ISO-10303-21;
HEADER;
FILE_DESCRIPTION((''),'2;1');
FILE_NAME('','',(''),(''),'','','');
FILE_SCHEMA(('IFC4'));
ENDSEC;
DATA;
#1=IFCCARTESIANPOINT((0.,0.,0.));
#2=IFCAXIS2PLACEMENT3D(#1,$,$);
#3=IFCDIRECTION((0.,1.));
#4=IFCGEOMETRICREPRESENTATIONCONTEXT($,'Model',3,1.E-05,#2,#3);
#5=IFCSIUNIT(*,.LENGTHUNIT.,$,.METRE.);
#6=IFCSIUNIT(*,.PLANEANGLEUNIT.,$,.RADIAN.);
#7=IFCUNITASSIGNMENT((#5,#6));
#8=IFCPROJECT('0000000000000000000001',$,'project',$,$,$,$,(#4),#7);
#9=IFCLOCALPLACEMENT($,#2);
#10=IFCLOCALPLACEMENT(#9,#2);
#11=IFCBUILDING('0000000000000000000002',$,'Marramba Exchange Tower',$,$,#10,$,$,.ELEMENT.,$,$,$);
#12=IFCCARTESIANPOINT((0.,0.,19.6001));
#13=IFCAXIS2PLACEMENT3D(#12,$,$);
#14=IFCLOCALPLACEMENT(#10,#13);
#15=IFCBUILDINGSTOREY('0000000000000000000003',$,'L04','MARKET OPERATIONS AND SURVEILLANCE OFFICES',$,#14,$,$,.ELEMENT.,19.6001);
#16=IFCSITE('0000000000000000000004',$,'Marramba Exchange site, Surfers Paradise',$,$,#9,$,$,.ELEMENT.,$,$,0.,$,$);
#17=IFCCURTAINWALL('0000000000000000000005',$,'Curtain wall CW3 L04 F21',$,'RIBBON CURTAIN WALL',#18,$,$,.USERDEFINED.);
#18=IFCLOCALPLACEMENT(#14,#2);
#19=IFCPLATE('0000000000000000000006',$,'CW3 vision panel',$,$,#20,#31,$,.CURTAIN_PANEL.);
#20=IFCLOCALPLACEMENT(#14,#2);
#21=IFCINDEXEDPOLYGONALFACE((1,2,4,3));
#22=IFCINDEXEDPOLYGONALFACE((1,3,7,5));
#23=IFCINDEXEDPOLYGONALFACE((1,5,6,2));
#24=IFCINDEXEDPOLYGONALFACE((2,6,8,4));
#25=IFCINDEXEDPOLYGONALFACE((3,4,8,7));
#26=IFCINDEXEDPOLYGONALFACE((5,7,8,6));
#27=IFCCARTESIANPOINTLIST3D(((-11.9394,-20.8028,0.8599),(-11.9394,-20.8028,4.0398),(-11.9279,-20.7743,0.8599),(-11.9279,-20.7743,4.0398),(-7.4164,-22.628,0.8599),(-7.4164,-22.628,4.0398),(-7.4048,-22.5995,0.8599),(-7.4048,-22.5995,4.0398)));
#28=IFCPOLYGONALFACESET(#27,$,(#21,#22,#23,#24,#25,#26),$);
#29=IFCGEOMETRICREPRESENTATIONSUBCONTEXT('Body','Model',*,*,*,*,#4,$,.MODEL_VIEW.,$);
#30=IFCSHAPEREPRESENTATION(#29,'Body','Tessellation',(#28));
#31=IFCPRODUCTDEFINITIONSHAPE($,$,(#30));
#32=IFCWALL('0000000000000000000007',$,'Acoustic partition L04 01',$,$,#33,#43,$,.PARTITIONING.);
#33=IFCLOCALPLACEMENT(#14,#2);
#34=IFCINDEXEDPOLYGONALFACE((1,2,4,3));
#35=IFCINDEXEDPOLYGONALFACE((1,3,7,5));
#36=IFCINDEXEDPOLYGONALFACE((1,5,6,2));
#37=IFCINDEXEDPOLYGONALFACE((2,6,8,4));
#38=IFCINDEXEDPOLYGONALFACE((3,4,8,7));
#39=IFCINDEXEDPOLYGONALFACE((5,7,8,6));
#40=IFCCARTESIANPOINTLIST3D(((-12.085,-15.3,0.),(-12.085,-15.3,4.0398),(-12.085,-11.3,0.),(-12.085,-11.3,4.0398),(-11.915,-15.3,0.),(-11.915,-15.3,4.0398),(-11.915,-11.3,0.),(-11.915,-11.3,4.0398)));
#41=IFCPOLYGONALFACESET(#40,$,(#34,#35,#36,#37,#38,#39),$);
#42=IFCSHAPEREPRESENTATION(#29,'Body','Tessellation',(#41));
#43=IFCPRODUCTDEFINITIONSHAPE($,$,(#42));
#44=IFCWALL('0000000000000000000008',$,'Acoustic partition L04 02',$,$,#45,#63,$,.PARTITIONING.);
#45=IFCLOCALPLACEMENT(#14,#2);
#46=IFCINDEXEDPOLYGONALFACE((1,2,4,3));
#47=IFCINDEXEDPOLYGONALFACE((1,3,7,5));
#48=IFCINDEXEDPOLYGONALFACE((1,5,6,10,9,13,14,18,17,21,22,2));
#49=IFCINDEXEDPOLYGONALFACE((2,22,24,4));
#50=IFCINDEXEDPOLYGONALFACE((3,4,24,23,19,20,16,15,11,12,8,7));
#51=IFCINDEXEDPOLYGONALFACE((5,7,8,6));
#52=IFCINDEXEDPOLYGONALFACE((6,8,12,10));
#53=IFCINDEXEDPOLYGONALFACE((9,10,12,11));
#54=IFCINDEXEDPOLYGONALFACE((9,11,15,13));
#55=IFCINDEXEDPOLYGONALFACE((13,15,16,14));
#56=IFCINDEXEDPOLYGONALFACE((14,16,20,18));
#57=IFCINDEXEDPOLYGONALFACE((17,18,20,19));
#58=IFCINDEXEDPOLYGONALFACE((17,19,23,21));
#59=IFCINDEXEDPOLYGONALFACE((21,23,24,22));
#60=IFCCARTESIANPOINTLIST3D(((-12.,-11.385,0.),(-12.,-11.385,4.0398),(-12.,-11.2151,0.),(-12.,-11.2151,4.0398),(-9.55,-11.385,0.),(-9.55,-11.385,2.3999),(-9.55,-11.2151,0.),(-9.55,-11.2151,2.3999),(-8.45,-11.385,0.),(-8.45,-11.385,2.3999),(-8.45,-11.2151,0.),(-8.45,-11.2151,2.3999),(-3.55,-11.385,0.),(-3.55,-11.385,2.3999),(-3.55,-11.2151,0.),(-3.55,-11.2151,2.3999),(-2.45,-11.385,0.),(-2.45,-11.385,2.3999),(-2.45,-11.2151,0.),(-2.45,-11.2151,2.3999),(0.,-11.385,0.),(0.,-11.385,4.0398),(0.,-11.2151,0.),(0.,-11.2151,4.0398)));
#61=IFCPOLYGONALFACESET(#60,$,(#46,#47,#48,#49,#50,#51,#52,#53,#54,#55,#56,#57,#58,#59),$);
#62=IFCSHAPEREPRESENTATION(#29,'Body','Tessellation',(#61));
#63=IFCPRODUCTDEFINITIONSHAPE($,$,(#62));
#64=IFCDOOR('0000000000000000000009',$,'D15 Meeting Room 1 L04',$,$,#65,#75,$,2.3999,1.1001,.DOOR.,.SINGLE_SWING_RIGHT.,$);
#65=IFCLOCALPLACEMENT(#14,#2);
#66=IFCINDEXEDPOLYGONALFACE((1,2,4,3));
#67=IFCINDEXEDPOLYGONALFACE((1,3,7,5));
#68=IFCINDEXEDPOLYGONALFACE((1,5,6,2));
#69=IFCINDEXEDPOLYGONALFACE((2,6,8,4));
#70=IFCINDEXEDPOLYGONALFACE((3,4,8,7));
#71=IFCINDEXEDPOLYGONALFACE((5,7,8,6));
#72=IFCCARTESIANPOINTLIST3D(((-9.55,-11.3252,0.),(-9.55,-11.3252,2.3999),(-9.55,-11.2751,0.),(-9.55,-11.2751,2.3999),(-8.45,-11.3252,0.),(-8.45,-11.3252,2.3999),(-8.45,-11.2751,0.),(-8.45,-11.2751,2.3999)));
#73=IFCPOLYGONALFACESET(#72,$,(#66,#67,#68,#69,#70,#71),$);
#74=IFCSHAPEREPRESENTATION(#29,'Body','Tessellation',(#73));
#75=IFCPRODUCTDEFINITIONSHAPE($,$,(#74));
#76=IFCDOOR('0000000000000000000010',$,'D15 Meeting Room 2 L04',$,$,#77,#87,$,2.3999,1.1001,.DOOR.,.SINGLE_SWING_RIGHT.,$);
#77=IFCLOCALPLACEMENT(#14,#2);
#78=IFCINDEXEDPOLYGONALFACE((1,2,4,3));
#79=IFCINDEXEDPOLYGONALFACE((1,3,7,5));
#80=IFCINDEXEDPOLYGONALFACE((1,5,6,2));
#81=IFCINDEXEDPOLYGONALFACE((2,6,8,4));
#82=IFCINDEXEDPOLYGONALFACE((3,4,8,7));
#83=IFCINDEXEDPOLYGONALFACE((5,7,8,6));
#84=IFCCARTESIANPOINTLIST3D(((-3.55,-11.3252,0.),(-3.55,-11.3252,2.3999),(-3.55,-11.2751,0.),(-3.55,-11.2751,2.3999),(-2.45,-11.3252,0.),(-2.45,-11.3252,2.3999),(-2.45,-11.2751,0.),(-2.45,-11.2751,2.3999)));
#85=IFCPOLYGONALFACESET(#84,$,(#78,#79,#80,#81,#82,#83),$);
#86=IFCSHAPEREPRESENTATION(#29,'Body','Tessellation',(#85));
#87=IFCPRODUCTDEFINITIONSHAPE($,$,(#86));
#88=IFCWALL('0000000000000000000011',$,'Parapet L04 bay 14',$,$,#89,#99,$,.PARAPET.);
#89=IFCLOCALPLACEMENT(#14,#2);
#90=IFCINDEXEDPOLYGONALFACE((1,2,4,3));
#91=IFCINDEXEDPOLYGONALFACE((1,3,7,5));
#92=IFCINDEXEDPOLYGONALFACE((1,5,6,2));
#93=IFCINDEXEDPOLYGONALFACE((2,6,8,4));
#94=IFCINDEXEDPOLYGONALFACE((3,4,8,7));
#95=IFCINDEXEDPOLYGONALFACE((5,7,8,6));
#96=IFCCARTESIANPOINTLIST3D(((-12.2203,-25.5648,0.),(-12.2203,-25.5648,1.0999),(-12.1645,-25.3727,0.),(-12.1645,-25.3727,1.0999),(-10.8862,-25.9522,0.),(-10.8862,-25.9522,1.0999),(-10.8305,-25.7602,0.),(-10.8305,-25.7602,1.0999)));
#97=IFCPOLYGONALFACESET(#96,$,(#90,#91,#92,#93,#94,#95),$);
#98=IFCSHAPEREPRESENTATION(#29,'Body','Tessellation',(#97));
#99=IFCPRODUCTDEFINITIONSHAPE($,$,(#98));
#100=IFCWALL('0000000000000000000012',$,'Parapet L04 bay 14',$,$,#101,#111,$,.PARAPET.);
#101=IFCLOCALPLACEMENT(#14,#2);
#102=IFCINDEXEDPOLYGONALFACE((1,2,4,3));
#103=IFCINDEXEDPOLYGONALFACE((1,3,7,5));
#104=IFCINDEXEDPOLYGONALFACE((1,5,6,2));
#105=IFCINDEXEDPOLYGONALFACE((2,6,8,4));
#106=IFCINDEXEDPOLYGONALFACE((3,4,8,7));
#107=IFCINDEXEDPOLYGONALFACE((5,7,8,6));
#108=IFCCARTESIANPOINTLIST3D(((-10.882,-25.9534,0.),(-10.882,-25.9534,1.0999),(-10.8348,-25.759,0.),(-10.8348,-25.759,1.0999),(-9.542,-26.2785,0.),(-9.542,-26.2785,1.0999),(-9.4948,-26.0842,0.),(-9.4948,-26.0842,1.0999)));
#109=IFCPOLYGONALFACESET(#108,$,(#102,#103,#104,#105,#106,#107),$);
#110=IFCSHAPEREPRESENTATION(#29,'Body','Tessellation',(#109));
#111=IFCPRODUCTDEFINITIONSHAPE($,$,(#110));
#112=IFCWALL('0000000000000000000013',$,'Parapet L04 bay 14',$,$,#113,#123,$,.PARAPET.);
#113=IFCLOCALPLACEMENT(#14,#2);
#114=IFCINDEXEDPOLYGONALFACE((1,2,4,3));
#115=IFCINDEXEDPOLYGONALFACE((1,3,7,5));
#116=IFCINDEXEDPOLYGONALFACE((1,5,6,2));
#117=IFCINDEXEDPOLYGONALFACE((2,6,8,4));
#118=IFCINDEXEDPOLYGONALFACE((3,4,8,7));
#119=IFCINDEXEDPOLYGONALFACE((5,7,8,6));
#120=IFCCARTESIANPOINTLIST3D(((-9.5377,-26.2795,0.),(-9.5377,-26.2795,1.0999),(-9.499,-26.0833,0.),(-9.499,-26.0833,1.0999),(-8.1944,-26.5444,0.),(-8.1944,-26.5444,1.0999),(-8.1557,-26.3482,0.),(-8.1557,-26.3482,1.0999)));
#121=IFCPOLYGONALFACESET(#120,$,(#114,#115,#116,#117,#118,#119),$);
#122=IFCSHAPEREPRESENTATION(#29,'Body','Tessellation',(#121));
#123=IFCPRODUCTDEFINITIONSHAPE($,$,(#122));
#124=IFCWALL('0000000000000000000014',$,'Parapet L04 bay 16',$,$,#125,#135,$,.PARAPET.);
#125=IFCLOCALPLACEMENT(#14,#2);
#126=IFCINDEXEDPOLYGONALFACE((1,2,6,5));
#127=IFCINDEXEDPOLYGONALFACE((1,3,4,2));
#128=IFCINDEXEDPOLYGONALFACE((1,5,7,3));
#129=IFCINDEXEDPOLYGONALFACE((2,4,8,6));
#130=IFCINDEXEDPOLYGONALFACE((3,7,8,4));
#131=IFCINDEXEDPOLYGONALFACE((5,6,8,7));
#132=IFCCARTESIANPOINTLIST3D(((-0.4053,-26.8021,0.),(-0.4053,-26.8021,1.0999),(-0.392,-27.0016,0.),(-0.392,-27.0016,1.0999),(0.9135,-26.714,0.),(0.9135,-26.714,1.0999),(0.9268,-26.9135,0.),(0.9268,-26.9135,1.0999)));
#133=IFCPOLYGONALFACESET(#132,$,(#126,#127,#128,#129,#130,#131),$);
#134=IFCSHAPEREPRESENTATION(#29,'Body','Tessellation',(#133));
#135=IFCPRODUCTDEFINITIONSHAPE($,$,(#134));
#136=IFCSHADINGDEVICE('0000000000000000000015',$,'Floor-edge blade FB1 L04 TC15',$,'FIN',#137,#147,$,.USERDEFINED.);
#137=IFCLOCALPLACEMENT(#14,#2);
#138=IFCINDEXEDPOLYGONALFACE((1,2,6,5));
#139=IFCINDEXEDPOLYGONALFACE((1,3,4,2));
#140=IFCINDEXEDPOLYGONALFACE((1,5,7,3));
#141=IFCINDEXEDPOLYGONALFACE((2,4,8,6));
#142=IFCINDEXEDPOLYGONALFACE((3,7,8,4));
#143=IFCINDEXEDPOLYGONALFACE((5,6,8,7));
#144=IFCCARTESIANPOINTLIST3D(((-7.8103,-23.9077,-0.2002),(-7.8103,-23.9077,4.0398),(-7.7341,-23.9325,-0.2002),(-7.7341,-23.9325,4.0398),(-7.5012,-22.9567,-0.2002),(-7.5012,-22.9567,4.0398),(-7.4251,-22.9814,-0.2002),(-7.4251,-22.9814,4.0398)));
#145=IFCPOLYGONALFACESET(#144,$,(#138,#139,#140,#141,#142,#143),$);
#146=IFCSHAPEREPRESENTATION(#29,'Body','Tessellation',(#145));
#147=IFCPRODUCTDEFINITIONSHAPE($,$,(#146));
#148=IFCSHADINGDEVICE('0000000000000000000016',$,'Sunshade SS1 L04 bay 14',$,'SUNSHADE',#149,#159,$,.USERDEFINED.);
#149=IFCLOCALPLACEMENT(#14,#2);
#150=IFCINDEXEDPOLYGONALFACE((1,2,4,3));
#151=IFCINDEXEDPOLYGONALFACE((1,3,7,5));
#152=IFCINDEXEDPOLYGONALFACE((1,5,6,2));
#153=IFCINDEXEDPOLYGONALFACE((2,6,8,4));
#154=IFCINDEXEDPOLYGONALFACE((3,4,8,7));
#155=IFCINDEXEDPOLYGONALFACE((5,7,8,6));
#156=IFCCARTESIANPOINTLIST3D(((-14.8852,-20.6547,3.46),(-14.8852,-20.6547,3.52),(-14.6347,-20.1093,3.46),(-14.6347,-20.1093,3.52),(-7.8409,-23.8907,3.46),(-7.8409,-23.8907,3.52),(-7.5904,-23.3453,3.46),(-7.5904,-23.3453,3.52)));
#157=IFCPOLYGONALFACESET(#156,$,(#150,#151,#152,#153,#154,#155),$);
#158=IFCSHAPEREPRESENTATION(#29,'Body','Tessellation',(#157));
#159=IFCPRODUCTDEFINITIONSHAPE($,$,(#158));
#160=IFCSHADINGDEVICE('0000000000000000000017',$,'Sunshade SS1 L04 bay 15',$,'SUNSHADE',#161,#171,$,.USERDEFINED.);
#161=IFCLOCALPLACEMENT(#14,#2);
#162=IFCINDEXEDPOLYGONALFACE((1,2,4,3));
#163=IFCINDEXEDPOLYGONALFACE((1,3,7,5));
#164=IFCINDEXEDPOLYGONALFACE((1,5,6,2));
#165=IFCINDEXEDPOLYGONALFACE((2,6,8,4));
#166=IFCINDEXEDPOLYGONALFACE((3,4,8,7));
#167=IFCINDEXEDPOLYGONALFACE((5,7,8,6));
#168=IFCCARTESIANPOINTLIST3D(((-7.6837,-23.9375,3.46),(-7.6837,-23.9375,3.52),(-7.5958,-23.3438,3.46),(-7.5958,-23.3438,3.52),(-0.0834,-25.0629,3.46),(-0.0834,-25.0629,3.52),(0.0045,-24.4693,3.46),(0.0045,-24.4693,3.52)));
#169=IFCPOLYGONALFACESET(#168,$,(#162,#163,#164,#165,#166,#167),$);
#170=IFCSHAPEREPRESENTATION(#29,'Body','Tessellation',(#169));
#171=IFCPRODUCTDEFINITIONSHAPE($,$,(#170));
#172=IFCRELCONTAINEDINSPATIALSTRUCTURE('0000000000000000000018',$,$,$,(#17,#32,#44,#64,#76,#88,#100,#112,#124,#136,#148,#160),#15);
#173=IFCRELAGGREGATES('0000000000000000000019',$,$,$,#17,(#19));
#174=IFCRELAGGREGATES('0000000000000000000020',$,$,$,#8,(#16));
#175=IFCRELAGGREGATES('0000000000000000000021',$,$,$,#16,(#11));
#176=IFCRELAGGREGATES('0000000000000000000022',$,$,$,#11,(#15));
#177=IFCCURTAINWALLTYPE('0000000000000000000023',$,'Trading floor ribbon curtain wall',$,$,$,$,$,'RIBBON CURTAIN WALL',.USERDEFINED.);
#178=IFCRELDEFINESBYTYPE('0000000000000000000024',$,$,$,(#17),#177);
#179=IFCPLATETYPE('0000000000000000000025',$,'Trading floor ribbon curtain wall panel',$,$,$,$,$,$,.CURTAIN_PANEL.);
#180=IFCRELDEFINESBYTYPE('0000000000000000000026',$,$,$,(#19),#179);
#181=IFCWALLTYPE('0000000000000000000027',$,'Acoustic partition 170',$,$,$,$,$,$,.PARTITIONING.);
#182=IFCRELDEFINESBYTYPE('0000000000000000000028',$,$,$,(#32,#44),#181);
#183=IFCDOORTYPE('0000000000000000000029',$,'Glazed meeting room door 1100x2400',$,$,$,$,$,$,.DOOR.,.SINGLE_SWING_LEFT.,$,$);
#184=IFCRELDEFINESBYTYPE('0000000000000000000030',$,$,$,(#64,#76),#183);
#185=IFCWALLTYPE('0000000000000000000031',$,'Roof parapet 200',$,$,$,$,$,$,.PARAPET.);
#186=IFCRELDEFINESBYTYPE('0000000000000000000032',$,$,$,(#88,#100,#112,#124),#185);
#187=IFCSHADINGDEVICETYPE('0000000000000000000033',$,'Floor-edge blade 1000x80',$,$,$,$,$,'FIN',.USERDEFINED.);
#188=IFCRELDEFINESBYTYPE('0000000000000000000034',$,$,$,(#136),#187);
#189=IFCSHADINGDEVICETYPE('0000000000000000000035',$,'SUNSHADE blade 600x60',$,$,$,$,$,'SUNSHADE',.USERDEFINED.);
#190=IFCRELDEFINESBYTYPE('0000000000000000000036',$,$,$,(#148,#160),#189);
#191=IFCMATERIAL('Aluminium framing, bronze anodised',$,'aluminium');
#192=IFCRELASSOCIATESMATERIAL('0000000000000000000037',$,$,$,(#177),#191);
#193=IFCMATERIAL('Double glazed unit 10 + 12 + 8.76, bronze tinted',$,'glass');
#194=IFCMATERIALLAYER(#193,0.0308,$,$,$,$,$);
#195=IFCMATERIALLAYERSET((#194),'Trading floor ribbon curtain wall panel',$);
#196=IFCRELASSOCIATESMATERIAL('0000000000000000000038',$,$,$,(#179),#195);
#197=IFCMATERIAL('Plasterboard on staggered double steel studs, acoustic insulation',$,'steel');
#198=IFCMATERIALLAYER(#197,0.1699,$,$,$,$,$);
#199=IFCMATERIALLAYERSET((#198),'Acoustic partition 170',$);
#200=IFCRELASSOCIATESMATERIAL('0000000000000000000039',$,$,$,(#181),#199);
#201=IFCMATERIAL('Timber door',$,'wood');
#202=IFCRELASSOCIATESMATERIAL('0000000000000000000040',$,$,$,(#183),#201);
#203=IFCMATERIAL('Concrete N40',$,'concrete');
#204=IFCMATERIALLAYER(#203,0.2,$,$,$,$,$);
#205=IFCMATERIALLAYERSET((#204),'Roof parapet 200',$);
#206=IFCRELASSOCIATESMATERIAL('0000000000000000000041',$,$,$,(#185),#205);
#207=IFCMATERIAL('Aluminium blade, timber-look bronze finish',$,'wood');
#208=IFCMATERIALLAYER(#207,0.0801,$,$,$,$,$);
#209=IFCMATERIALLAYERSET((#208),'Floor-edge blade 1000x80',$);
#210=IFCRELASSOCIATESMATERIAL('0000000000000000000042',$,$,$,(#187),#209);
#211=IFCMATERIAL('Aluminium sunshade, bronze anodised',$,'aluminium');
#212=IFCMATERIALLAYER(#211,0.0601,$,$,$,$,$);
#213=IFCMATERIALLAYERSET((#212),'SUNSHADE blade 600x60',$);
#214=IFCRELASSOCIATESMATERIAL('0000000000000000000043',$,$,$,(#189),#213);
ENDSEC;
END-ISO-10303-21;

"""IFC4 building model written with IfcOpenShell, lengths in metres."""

from ifc_helpers import new_model, si_unit, direction, frame, frame_2d, origin, origin_2d, place, context, subcontext, project, spatial, rectangle, extrude, material, layer, layer_set, type_object, element, fill, aggregate, save


model = new_model("IFC4")

# Units and contexts
model_context = context("Model", 3, precision=1e-05, world=origin(), true_north=direction((0.0, 1.0)))
body_context = subcontext(model_context, "Body", "Model", "MODEL_VIEW")
ifc_project = project(units=[si_unit("LENGTHUNIT", "METRE"), si_unit("PLANEANGLEUNIT", "RADIAN")], contexts=[model_context])

# Site, building, storey
site_placement = place(None, origin())
site = spatial("IfcSite", under=ifc_project, at=site_placement, Name="Marramba Exchange site, Surfers Paradise", CompositionType="ELEMENT", RefElevation=0.0)
building_placement = place(site_placement, origin())
building = spatial("IfcBuilding", under=site, at=building_placement, Name="Marramba Exchange Tower", CompositionType="ELEMENT")
storey_placement = place(building_placement, frame((0.0, 0.0, 19.6001)))
storey = spatial("IfcBuildingStorey", under=building, at=storey_placement, Name="L04", Description="MARKET OPERATIONS AND SURVEILLANCE OFFICES", CompositionType="ELEMENT", Elevation=19.6001)

# Curtain wall
ifc_material_1 = material(Name="Aluminium framing, bronze anodised", Category="aluminium")
curtain_wall_type = type_object("IfcCurtainWallType", Name="Trading floor ribbon curtain wall", ElementType="RIBBON CURTAIN WALL", PredefinedType="USERDEFINED", material=ifc_material_1)
curtain_wall_1_placement = place(storey_placement, origin())
curtain_wall_1 = element("IfcCurtainWall", 1, at=curtain_wall_1_placement, inside=storey, type_object=curtain_wall_type, Name="Curtain wall CW3 L04 F21", ObjectType="RIBBON CURTAIN WALL", PredefinedType="USERDEFINED")

# Plate
ifc_material_2 = material(Name="Double glazed unit 10 + 12 + 8.76, bronze tinted", Category="glass")
ifc_layer_1 = layer(ifc_material_2, 0.0308)
ifc_layer_set_1 = layer_set([ifc_layer_1], Name="Trading floor ribbon curtain wall panel")
plate_type = type_object("IfcPlateType", Name="Trading floor ribbon curtain wall panel", PredefinedType="CURTAIN_PANEL", material=ifc_layer_set_1)
plate_placement = place(storey_placement, frame((-9.6721, -21.7012, 0.8599), z_axis=(0.0, 0.0, 1.0), x_axis=(0.927341, -0.374218, 0.0)))
plate = element("IfcPlate", 2, at=plate_placement, type_object=plate_type, Name="CW3 vision panel", PredefinedType="CURTAIN_PANEL", context=body_context, shape_type="SweptSolid", body=[
    extrude(rectangle(XDim=4.8774, YDim=0.0308, at=origin_2d()), origin(), (0.0, 0.0, 1.0), 3.1799),
])
aggregate(curtain_wall_1, [plate])

# Wall
ifc_material_3 = material(Name="Plasterboard on staggered double steel studs, acoustic insulation", Category="steel")
ifc_layer_2 = layer(ifc_material_3, 0.1699)
ifc_layer_set_2 = layer_set([ifc_layer_2], Name="Acoustic partition 170")
wall_type_1 = type_object("IfcWallType", Name="Acoustic partition 170", PredefinedType="PARTITIONING", material=ifc_layer_set_2)
wall_1_placement = place(storey_placement, frame((-12.0, -15.3, 0.0), z_axis=(0.0, 0.0, 1.0), x_axis=(0.0, 1.0, 0.0)))
element("IfcWall", 3, at=wall_1_placement, inside=storey, type_object=wall_type_1, Name="Acoustic partition L04 01", PredefinedType="PARTITIONING", context=body_context, shape_type="SweptSolid", body=[
    extrude(rectangle(XDim=4.0, YDim=0.1699, at=frame_2d((2.0, 0.0))), origin(), (0.0, 0.0, 1.0), 4.0398),
])

# Wall, openings, doors
wall_2_placement = place(storey_placement, frame((-12.0, -11.3, 0.0), z_axis=(0.0, 0.0, 1.0), x_axis=(1.0, 0.0, 0.0)))
wall_2 = element("IfcWall", 4, at=wall_2_placement, inside=storey, type_object=wall_type_1, Name="Acoustic partition L04 02", PredefinedType="PARTITIONING", context=body_context, shape_type="SweptSolid", body=[
    extrude(rectangle(XDim=12.0, YDim=0.1699, at=frame_2d((6.0, 0.0))), origin(), (0.0, 0.0, 1.0), 4.0398),
])
opening_1_placement = place(wall_2_placement, frame((2.45, 0.0, 0.0)))
opening_1 = element("IfcOpeningElement", 5, at=opening_1_placement, cuts=wall_2, PredefinedType="OPENING", context=body_context, shape_type="SweptSolid", body=[
    extrude(rectangle(XDim=1.1001, YDim=2.3999, at=frame_2d((0.55, 1.2))), frame((0.0, 0.095, 0.0), z_axis=(0.0, -1.0, 0.0), x_axis=(1.0, 0.0, 0.0)), (0.0, 0.0, 1.0), 0.1899),
])
opening_2_placement = place(wall_2_placement, frame((8.45, 0.0, 0.0)))
opening_2 = element("IfcOpeningElement", 6, at=opening_2_placement, cuts=wall_2, PredefinedType="OPENING", context=body_context, shape_type="SweptSolid", body=[
    extrude(rectangle(XDim=1.1001, YDim=2.3999, at=frame_2d((0.55, 1.2))), frame((0.0, 0.095, 0.0), z_axis=(0.0, -1.0, 0.0), x_axis=(1.0, 0.0, 0.0)), (0.0, 0.0, 1.0), 0.1899),
])
ifc_material_4 = material(Name="Timber door", Category="wood")
door_type_1 = type_object("IfcDoorType", Name="Glazed meeting room door 1100x2400", OperationType="SINGLE_SWING_LEFT", PredefinedType="DOOR", material=ifc_material_4)
door_1_placement = place(opening_1_placement, frame((1.1001, 0.0, 0.0), z_axis=(0.0, 0.0, 1.0), x_axis=(-1.0, 0.0, 0.0)))
door_1 = element("IfcDoor", 7, at=door_1_placement, inside=storey, type_object=door_type_1, Name="D15 Meeting Room 1 L04", OperationType="SINGLE_SWING_RIGHT", OverallHeight=2.3999, OverallWidth=1.1001, PredefinedType="DOOR", context=body_context, shape_type="SweptSolid", body=[
    extrude(rectangle(XDim=1.1001, YDim=2.3999, at=frame_2d((0.55, 1.2))), frame((0.0, 0.0251, 0.0), z_axis=(0.0, -1.0, 0.0), x_axis=(1.0, 0.0, 0.0)), (0.0, 0.0, 1.0), 0.05),
])
fill(opening_1, door_1)
door_2_placement = place(opening_2_placement, frame((1.1001, 0.0, 0.0), z_axis=(0.0, 0.0, 1.0), x_axis=(-1.0, 0.0, 0.0)))
door_2 = element("IfcDoor", 8, at=door_2_placement, inside=storey, type_object=door_type_1, Name="D15 Meeting Room 2 L04", OperationType="SINGLE_SWING_RIGHT", OverallHeight=2.3999, OverallWidth=1.1001, PredefinedType="DOOR", context=body_context, shape_type="SweptSolid", body=[
    extrude(rectangle(XDim=1.1001, YDim=2.3999, at=frame_2d((0.55, 1.2))), frame((0.0, 0.0251, 0.0), z_axis=(0.0, -1.0, 0.0), x_axis=(1.0, 0.0, 0.0)), (0.0, 0.0, 1.0), 0.05),
])
fill(opening_2, door_2)

# Walls
ifc_material_5 = material(Name="Concrete N40", Category="concrete")
ifc_layer_3 = layer(ifc_material_5, 0.2)
ifc_layer_set_3 = layer_set([ifc_layer_3], Name="Roof parapet 200")
wall_type_2 = type_object("IfcWallType", Name="Roof parapet 200", PredefinedType="PARAPET", material=ifc_layer_set_3)
wall_3_placement = place(storey_placement, frame((-12.1924, -25.4688, 0.0), z_axis=(0.0, 0.0, 1.0), x_axis=(0.960314, -0.27892, 0.0)))
element("IfcWall", 9, at=wall_3_placement, inside=storey, type_object=wall_type_2, Name="Parapet L04 bay 14", PredefinedType="PARAPET", context=body_context, shape_type="SweptSolid", body=[
    extrude(rectangle(XDim=1.3892, YDim=0.2, at=frame_2d((0.6946, 0.0))), origin(), (0.0, 0.0, 1.0), 1.0999),
])
wall_4_placement = place(storey_placement, frame((-10.8584, -25.8562, 0.0), z_axis=(0.0, 0.0, 1.0), x_axis=(0.971796, -0.235823, 0.0)))
element("IfcWall", 10, at=wall_4_placement, inside=storey, type_object=wall_type_2, Name="Parapet L04 bay 14", PredefinedType="PARAPET", context=body_context, shape_type="SweptSolid", body=[
    extrude(rectangle(XDim=1.3789, YDim=0.2, at=frame_2d((0.6895, 0.0))), origin(), (0.0, 0.0, 1.0), 1.0999),
])
wall_5_placement = place(storey_placement, frame((-9.5183, -26.1814, 0.0), z_axis=(0.0, 0.0, 1.0), x_axis=(0.981105, -0.193475, 0.0)))
element("IfcWall", 11, at=wall_5_placement, inside=storey, type_object=wall_type_2, Name="Parapet L04 bay 14", PredefinedType="PARAPET", context=body_context, shape_type="SweptSolid", body=[
    extrude(rectangle(XDim=1.3691, YDim=0.2, at=frame_2d((0.6846, 0.0))), origin(), (0.0, 0.0, 1.0), 1.0999),
])
wall_6_placement = place(storey_placement, frame((-0.3987, -26.9019, 0.0), z_axis=(0.0, 0.0, 1.0), x_axis=(0.997775, 0.066678, 0.0)))
element("IfcWall", 12, at=wall_6_placement, inside=storey, type_object=wall_type_2, Name="Parapet L04 bay 16", PredefinedType="PARAPET", context=body_context, shape_type="SweptSolid", body=[
    extrude(rectangle(XDim=1.3218, YDim=0.2, at=frame_2d((0.6609, 0.0))), origin(), (0.0, 0.0, 1.0), 1.0999),
])

# Shading devices
ifc_material_6 = material(Name="Aluminium blade, timber-look bronze finish", Category="wood")
ifc_layer_4 = layer(ifc_material_6, 0.0801)
ifc_layer_set_4 = layer_set([ifc_layer_4], Name="Floor-edge blade 1000x80")
shading_device_type_1 = type_object("IfcShadingDeviceType", Name="Floor-edge blade 1000x80", ElementType="FIN", PredefinedType="USERDEFINED", material=ifc_layer_set_4)
shading_device_1_placement = place(storey_placement, frame((-7.6177, -23.4446, -0.2002), z_axis=(0.0, 0.0, 1.0), x_axis=(-0.309017, -0.951057, 0.0)))
element("IfcShadingDevice", 13, at=shading_device_1_placement, inside=storey, type_object=shading_device_type_1, Name="Floor-edge blade FB1 L04 TC15", ObjectType="FIN", PredefinedType="USERDEFINED", context=body_context, shape_type="SweptSolid", body=[
    extrude(rectangle(XDim=1.0, YDim=0.0801, at=origin_2d()), origin(), (0.0, 0.0, 1.0), 4.24),
])
ifc_material_7 = material(Name="Aluminium sunshade, bronze anodised", Category="aluminium")
ifc_layer_5 = layer(ifc_material_7, 0.0601)
ifc_layer_set_5 = layer_set([ifc_layer_5], Name="SUNSHADE blade 600x60")
shading_device_type_2 = type_object("IfcShadingDeviceType", Name="SUNSHADE blade 600x60", ElementType="SUNSHADE", PredefinedType="USERDEFINED", material=ifc_layer_set_5)
shading_device_2_placement = place(storey_placement, frame((-11.2378, -22.0, 3.46), z_axis=(0.0, 0.0, 1.0), x_axis=(0.908704, -0.417442, 0.0)))
element("IfcShadingDevice", 14, at=shading_device_2_placement, inside=storey, type_object=shading_device_type_2, Name="Sunshade SS1 L04 bay 14", ObjectType="SUNSHADE", PredefinedType="USERDEFINED", context=body_context, shape_type="SweptSolid", body=[
    extrude(rectangle(XDim=7.752, YDim=0.6001, at=origin_2d()), origin(), (0.0, 0.0, 1.0), 0.0601),
])
shading_device_3_placement = place(storey_placement, frame((-3.8396, -24.2034, 3.46), z_axis=(0.0, 0.0, 1.0), x_axis=(0.989213, -0.146485, 0.0)))
element("IfcShadingDevice", 15, at=shading_device_3_placement, inside=storey, type_object=shading_device_type_2, Name="Sunshade SS1 L04 bay 15", ObjectType="SUNSHADE", PredefinedType="USERDEFINED", context=body_context, shape_type="SweptSolid", body=[
    extrude(rectangle(XDim=7.6831, YDim=0.6001, at=origin_2d()), origin(), (0.0, 0.0, 1.0), 0.0601),
])

save(model, "model.ifc")
